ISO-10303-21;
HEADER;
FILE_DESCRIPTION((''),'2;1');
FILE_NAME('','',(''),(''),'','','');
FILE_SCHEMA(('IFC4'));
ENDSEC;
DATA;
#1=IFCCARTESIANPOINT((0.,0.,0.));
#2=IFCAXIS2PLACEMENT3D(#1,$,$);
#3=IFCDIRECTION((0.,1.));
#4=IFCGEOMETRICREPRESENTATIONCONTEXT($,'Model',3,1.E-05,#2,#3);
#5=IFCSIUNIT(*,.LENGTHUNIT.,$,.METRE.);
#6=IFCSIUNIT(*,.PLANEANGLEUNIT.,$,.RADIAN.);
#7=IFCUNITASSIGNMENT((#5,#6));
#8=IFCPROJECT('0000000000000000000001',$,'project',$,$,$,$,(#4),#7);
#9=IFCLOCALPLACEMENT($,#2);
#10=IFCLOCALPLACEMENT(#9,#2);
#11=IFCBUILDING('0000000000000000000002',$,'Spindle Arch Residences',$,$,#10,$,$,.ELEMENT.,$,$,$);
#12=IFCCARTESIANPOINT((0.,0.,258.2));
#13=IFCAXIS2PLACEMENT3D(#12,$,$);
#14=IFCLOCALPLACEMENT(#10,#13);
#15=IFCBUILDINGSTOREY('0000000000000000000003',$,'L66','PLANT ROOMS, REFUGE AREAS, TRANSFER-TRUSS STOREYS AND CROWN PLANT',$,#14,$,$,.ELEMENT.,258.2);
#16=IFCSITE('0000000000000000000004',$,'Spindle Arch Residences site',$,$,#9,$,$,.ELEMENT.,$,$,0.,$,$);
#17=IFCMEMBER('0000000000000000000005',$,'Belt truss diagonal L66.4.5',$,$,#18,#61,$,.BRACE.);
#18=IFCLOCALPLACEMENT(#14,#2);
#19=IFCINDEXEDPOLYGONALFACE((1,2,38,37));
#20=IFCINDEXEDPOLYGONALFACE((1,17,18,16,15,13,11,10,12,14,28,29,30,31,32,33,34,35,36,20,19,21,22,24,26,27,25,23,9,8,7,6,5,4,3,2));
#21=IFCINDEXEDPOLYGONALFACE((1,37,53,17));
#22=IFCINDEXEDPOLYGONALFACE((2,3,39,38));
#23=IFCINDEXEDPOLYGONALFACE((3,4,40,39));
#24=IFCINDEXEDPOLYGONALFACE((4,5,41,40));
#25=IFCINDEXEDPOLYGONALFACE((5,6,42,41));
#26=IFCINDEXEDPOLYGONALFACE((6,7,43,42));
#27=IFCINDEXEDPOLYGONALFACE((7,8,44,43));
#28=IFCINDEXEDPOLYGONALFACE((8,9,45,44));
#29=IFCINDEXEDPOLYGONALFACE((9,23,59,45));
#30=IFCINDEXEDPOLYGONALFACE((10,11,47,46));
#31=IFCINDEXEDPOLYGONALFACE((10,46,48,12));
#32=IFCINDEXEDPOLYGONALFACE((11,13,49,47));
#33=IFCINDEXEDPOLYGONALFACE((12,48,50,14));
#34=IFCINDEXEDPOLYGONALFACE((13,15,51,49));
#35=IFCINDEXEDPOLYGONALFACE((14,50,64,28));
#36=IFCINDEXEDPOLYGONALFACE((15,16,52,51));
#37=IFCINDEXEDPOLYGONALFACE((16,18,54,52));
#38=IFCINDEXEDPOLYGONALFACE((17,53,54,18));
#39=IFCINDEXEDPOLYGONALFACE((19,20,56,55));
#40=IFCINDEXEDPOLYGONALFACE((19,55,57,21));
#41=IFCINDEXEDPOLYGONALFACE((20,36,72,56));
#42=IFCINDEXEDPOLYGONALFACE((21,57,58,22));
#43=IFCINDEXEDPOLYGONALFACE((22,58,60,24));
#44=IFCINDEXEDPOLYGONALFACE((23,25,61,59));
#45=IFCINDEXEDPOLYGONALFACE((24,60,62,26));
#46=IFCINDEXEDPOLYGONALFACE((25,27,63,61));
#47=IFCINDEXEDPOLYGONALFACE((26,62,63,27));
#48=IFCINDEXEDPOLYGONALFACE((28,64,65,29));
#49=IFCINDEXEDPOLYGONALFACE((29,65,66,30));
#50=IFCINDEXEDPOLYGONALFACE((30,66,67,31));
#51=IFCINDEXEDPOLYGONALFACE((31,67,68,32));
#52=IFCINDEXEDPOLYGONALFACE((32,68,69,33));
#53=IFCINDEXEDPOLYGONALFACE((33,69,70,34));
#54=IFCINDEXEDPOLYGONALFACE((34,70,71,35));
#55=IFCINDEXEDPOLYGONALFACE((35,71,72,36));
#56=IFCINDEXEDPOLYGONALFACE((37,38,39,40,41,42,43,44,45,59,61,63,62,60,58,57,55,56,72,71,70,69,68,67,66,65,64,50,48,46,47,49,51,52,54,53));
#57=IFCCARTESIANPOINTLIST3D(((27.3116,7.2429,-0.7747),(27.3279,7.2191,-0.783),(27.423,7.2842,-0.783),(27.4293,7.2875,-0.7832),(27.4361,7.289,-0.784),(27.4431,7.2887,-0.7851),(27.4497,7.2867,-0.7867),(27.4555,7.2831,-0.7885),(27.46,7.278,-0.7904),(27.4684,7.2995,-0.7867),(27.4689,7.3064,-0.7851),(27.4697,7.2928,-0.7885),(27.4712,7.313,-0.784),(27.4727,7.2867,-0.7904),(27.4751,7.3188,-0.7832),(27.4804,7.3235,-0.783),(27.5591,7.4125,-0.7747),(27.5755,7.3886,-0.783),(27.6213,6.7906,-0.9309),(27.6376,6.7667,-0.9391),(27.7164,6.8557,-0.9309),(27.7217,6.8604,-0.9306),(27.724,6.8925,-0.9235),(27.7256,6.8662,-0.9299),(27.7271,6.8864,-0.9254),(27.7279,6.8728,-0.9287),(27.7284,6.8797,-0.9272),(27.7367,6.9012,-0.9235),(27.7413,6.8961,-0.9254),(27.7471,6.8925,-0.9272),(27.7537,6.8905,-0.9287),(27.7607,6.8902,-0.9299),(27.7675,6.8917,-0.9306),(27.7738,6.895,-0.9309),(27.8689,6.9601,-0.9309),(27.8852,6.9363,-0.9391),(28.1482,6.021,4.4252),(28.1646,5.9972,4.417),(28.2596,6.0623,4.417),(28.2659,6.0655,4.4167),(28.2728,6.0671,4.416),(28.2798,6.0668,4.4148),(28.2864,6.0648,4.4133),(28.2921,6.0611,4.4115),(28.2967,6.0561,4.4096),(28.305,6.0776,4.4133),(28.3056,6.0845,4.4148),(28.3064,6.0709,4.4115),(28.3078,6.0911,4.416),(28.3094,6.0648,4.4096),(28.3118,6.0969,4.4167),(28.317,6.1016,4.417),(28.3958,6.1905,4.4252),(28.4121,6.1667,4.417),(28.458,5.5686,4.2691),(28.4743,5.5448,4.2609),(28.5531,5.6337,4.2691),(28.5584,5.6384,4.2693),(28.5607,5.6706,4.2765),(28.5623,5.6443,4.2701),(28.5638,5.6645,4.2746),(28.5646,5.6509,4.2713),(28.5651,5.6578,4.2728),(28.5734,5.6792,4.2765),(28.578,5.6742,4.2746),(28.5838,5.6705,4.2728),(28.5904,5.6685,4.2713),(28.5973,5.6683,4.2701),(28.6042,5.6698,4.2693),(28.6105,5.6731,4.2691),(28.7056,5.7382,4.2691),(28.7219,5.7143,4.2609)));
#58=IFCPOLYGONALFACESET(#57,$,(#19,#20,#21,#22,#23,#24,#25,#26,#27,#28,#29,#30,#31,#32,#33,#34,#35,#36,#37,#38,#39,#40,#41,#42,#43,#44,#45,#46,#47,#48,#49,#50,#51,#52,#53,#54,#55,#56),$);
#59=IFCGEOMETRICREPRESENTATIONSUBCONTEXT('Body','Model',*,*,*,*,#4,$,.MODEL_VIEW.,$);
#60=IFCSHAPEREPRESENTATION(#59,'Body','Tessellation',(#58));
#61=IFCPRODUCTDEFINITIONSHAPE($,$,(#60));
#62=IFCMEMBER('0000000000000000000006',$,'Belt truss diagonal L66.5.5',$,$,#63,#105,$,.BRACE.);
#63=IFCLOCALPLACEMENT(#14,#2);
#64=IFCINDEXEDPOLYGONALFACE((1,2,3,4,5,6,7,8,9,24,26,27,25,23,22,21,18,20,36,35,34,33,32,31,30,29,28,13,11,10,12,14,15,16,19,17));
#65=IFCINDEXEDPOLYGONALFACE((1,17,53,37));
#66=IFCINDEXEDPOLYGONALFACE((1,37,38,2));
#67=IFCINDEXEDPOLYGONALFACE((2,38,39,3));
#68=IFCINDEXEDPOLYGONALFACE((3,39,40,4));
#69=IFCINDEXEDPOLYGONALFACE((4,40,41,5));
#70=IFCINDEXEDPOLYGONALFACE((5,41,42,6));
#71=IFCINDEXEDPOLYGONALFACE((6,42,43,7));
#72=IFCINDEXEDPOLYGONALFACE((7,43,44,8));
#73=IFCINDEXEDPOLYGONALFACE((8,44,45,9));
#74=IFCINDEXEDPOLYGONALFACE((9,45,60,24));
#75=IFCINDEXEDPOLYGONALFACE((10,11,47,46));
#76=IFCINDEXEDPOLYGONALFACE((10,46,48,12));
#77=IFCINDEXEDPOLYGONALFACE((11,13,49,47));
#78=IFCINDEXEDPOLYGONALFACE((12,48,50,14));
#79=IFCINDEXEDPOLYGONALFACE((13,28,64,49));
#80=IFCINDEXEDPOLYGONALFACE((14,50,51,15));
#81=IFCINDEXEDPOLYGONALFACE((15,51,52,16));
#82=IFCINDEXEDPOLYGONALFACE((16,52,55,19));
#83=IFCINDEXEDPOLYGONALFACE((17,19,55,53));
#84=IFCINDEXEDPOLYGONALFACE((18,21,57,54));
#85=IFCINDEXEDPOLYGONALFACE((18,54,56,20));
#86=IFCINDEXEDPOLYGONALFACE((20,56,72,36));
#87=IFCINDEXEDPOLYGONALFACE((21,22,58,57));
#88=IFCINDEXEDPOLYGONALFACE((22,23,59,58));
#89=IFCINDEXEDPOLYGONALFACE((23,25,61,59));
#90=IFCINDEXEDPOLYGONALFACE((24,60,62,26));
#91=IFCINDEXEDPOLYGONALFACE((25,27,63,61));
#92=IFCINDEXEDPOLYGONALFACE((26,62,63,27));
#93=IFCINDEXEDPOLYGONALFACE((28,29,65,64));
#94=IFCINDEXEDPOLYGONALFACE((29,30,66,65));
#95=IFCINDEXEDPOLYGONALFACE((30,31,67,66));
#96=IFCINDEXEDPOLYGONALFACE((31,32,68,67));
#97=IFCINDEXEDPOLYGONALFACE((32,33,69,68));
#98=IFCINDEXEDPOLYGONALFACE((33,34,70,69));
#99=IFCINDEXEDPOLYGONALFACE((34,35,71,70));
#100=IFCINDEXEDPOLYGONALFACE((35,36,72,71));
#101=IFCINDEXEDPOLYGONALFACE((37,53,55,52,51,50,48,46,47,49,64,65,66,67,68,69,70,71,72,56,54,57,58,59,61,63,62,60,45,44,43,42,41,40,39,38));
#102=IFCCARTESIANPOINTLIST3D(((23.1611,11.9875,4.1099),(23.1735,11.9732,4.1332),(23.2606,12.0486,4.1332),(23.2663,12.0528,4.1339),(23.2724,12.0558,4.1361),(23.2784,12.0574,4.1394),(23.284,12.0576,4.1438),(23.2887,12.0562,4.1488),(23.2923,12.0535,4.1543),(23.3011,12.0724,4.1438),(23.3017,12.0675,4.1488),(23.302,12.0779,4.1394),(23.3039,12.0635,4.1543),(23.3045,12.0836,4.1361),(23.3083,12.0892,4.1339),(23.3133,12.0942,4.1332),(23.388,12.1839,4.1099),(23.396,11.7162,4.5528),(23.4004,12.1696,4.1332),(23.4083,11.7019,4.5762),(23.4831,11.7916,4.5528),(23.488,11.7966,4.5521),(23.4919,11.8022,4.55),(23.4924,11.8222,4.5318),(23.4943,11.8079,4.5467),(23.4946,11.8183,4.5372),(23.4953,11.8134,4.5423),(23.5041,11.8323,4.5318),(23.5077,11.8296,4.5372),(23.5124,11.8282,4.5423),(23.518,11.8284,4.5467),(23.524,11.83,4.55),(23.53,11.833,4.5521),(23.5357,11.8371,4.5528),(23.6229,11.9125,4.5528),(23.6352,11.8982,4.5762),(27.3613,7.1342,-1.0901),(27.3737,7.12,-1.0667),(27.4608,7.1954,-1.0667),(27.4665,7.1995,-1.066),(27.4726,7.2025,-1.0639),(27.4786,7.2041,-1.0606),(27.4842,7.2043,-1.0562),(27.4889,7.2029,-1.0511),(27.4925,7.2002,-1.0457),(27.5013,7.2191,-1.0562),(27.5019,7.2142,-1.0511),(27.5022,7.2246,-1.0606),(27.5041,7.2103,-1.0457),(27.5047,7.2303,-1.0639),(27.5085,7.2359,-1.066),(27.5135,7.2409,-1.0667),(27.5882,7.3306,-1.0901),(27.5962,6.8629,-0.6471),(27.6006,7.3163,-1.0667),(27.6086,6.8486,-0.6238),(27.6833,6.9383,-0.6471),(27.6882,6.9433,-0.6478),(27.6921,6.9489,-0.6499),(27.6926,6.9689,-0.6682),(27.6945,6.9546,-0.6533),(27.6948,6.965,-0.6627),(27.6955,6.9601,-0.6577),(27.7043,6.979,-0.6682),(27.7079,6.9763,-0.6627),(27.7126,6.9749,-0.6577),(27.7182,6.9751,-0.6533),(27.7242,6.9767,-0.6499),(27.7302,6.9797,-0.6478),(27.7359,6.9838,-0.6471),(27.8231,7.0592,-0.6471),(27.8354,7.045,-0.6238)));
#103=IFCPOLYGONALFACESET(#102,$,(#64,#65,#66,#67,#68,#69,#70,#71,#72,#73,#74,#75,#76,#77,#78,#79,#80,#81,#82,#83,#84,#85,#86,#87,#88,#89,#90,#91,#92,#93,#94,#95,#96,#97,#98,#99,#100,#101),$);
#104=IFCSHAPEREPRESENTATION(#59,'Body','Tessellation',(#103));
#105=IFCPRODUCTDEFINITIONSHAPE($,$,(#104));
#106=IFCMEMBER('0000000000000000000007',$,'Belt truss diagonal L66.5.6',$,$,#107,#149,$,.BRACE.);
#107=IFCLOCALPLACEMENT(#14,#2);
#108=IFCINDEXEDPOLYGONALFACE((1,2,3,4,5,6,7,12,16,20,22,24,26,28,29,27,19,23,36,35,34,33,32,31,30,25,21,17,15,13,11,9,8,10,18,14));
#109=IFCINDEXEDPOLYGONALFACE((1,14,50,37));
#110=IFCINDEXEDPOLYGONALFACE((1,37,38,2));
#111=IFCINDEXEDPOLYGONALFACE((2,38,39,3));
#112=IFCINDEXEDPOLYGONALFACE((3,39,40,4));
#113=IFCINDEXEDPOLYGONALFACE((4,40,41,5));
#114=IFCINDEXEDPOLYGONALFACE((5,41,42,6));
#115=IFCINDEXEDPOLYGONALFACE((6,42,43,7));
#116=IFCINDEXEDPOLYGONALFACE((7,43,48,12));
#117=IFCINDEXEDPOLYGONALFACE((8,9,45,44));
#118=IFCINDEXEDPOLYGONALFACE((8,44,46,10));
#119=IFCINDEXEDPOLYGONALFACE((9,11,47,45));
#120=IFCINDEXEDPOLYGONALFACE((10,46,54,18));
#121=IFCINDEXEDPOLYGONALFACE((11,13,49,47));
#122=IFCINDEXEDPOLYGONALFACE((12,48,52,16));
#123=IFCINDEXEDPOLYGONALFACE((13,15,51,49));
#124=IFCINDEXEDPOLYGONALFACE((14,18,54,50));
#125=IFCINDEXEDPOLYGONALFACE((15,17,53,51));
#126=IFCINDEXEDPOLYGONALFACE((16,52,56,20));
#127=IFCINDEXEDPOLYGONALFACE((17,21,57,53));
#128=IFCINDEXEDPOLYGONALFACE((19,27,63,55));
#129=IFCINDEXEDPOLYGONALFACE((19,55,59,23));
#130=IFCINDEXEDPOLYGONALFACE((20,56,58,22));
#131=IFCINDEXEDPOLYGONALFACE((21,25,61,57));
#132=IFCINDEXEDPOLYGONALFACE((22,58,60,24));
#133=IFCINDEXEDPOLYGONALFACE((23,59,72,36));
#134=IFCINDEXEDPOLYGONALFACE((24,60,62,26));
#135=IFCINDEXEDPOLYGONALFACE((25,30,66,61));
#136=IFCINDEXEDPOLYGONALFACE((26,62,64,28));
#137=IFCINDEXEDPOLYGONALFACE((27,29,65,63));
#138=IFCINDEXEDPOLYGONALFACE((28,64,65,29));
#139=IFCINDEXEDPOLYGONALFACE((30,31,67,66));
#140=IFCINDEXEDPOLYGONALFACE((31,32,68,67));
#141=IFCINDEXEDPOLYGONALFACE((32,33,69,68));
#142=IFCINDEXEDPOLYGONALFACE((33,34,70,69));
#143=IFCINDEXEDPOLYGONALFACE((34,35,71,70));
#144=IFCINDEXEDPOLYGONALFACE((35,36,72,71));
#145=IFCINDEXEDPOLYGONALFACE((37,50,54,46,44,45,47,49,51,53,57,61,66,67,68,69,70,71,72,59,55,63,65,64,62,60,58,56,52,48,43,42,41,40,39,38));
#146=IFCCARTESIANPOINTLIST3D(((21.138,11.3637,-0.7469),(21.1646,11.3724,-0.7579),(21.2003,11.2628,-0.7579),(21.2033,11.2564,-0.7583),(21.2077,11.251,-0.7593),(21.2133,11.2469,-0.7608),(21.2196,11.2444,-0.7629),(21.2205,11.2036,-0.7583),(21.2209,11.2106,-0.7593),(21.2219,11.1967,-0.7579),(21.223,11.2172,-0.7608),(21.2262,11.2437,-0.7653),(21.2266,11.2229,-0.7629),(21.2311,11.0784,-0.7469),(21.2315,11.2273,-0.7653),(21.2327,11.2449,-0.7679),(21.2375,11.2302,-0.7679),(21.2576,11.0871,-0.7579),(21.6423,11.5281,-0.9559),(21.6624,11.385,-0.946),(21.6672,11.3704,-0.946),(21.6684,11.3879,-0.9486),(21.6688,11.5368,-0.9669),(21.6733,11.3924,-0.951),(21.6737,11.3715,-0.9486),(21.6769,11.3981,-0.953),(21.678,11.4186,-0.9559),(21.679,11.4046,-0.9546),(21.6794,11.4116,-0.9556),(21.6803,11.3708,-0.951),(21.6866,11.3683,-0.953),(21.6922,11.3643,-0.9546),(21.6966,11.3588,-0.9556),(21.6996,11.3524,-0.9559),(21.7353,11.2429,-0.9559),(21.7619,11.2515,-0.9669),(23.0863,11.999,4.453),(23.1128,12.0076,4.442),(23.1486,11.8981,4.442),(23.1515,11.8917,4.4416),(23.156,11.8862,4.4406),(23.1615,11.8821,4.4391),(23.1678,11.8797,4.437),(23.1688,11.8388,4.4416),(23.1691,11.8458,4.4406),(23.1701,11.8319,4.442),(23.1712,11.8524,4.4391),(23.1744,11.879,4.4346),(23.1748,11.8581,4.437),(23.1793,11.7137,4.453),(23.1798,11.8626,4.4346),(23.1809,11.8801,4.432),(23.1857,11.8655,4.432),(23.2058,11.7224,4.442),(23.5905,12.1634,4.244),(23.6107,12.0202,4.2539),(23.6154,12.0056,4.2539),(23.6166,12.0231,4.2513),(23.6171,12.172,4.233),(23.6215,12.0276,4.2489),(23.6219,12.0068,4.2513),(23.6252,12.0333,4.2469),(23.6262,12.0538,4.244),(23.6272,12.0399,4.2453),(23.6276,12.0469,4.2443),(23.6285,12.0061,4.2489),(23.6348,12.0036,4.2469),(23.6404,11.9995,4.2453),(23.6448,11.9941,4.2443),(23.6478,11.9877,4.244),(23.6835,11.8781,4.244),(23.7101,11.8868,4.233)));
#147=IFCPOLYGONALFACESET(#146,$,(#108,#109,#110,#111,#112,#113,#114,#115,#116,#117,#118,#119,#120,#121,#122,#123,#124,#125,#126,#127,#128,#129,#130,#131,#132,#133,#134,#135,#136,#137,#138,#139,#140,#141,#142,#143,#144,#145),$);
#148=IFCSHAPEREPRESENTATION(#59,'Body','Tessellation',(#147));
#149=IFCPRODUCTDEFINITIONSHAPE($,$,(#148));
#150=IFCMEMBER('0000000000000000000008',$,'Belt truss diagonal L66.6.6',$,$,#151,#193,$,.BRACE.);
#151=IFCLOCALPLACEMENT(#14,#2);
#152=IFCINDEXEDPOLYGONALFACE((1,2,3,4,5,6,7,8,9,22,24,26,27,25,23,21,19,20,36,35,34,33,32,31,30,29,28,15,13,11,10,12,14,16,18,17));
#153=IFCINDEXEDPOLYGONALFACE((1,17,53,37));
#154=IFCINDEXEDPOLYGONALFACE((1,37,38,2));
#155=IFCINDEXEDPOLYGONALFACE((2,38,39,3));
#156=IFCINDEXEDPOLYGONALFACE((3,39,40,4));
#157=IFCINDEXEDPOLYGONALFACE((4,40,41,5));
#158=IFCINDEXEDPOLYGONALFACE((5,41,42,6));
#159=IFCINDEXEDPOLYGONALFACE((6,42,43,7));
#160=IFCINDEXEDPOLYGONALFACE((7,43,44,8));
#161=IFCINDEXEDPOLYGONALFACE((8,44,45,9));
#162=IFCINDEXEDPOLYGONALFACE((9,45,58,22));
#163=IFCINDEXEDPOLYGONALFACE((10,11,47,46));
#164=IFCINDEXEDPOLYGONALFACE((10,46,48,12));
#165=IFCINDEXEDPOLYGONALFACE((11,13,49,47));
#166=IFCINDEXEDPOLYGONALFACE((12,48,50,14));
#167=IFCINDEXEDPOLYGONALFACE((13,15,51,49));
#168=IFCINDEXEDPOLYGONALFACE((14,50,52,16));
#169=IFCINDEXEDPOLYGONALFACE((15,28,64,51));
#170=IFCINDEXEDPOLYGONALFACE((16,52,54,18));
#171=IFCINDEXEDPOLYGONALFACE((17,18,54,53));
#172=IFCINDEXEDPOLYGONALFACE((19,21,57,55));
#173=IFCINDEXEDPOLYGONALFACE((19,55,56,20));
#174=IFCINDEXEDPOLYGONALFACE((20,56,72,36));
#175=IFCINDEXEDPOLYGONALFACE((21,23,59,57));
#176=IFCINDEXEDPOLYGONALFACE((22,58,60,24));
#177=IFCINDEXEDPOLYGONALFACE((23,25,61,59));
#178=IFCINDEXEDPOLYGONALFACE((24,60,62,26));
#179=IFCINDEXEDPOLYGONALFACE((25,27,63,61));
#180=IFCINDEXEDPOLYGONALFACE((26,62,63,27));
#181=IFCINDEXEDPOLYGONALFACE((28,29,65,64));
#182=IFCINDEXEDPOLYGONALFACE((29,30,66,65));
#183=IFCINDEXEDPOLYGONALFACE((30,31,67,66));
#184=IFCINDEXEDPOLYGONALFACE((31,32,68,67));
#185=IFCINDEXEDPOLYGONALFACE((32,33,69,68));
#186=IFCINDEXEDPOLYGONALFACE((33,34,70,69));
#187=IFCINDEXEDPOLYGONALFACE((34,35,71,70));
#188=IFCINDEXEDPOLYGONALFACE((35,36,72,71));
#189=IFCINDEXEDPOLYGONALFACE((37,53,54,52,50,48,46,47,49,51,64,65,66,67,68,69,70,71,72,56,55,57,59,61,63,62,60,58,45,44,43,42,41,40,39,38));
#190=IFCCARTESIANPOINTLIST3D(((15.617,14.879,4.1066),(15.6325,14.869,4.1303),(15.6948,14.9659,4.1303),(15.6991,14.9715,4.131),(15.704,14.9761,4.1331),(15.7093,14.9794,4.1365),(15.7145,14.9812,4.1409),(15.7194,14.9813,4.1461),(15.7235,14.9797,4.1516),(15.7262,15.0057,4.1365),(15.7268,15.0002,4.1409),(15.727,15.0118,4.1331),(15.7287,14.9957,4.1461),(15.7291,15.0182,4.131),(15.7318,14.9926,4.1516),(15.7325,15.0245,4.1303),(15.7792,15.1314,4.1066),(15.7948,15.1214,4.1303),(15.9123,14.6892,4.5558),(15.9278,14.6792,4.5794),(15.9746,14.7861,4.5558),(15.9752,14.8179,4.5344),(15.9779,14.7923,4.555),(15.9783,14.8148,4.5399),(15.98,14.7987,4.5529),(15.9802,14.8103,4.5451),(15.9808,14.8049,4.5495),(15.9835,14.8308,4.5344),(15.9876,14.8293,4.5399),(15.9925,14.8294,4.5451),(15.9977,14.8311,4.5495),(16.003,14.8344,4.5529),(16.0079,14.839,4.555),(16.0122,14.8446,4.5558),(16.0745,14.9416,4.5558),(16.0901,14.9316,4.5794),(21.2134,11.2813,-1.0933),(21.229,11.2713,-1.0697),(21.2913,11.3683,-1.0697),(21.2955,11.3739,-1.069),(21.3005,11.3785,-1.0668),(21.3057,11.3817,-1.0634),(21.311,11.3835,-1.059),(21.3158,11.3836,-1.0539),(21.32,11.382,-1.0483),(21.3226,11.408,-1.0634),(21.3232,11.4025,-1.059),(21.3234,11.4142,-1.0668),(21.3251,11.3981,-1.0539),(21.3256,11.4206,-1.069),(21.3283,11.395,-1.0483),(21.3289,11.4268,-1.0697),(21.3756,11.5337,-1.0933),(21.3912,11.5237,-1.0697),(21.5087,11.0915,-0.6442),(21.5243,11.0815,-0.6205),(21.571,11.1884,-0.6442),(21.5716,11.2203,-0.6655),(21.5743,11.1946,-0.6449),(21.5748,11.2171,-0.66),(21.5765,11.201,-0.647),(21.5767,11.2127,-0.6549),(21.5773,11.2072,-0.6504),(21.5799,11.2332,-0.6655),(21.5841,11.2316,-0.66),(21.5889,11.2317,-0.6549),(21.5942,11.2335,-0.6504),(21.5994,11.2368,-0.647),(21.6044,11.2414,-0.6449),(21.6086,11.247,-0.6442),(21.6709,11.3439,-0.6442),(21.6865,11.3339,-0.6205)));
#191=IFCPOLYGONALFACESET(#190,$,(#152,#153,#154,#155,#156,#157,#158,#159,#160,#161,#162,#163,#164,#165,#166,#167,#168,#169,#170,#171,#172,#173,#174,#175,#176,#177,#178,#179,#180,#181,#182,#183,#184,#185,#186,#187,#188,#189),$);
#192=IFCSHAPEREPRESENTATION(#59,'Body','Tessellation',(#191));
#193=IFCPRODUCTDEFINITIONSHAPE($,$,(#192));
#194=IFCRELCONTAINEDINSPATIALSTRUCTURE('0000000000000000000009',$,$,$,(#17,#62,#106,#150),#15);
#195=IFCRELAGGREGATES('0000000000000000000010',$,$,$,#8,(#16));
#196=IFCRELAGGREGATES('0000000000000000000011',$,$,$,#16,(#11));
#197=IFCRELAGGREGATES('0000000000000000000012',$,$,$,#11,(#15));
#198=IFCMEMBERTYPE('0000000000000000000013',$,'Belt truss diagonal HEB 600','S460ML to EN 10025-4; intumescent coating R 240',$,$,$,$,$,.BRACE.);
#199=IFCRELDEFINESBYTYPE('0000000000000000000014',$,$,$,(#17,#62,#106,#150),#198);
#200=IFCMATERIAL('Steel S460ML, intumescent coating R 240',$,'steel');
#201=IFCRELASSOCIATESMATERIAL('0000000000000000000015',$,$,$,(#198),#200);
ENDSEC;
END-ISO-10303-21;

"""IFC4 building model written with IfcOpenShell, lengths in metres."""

from ifc_helpers import new_model, si_unit, direction, frame, origin, origin_2d, place, context, subcontext, project, spatial, i_section, extrude, material, material_profile, profile_set, type_object, element, save


model = new_model("IFC4")

# Units and contexts
model_context = context("Model", 3, precision=1e-05, world=origin(), true_north=direction((0.0, 1.0)))
body_context = subcontext(model_context, "Body", "Model", "MODEL_VIEW")
ifc_project = project(units=[si_unit("LENGTHUNIT", "METRE"), si_unit("PLANEANGLEUNIT", "RADIAN")], contexts=[model_context])

# Site, building, storey
site_placement = place(None, origin())
site = spatial("IfcSite", under=ifc_project, at=site_placement, Name="Spindle Arch Residences site", CompositionType="ELEMENT", RefElevation=0.0)
building_placement = place(site_placement, origin())
building = spatial("IfcBuilding", under=site, at=building_placement, Name="Spindle Arch Residences", CompositionType="ELEMENT")
storey_placement = place(building_placement, frame((0.0, 0.0, 258.2)))
storey = spatial("IfcBuildingStorey", under=building, at=storey_placement, Name="L66", Description="PLANT ROOMS, REFUGE AREAS, TRANSFER-TRUSS STOREYS AND CROWN PLANT", CompositionType="ELEMENT", Elevation=258.2)

# Members
ifc_material_1 = material(Name="Steel S460ML, intumescent coating R 240", Category="steel")
ifc_material_profile_1 = material_profile(ifc_material_1, i_section(OverallWidth=0.3, OverallDepth=0.6001, WebThickness=0.0154, FlangeThickness=0.03, FilletRadius=0.0271, at=origin_2d()), Name="HEB 600")
ifc_profile_set_1 = profile_set([ifc_material_profile_1], Name="Steel S460ML, intumescent coating R 240")
member_type_1 = type_object("IfcMemberType", Name="Belt truss diagonal HEB 600", Description="S460ML to EN 10025-4; intumescent coating R 240", PredefinedType="BRACE", material=ifc_profile_set_1)
member_1_placement = place(storey_placement, frame((27.5984, 7.0896, -0.8569), z_axis=(0.154746, -0.226001, 0.961757), x_axis=(0.825113, 0.564968, 0.0)))
element("IfcMember", 1, at=member_1_placement, inside=storey, type_object=member_type_1, Name="Belt truss diagonal L66.4.5", PredefinedType="BRACE", context=body_context, shape_type="SweptSolid", body=[
    extrude(i_section(OverallWidth=0.3, OverallDepth=0.6001, WebThickness=0.0154, FlangeThickness=0.03, FilletRadius=0.0271, at=origin_2d()), origin(), (0.0, 0.0, 1.0), 5.4067),
])
member_2_placement = place(storey_placement, frame((27.5984, 7.0896, -0.8569), z_axis=(-0.508469, 0.58753, 0.629498), x_axis=(-0.756149, -0.654399, 0.0)))
element("IfcMember", 2, at=member_2_placement, inside=storey, type_object=member_type_1, Name="Belt truss diagonal L66.5.5", PredefinedType="BRACE", context=body_context, shape_type="SweptSolid", body=[
    extrude(i_section(OverallWidth=0.3, OverallDepth=0.6001, WebThickness=0.0154, FlangeThickness=0.03, FilletRadius=0.0271, at=origin_2d()), origin(), (0.0, 0.0, 1.0), 8.2605),
])
member_3_placement = place(storey_placement, frame((21.45, 11.3076, -0.8569), z_axis=(0.348575, 0.113658, 0.930364), x_axis=(-0.310002, 0.950736, 0.0)))
element("IfcMember", 3, at=member_3_placement, inside=storey, type_object=member_type_1, Name="Belt truss diagonal L66.5.6", PredefinedType="BRACE", context=body_context, shape_type="SweptSolid", body=[
    extrude(i_section(OverallWidth=0.3, OverallDepth=0.6001, WebThickness=0.0154, FlangeThickness=0.03, FilletRadius=0.0271, at=origin_2d()), origin(), (0.0, 0.0, 1.0), 5.5891),
])
member_4_placement = place(storey_placement, frame((21.45, 11.3076, -0.8569), z_axis=(-0.662763, 0.426056, 0.615809), x_axis=(-0.540752, -0.841182, 0.0)))
element("IfcMember", 4, at=member_4_placement, inside=storey, type_object=member_type_1, Name="Belt truss diagonal L66.6.6", PredefinedType="BRACE", context=body_context, shape_type="SweptSolid", body=[
    extrude(i_section(OverallWidth=0.3, OverallDepth=0.6001, WebThickness=0.0154, FlangeThickness=0.03, FilletRadius=0.0271, at=origin_2d()), origin(), (0.0, 0.0, 1.0), 8.4441),
])

save(model, "model.ifc")
